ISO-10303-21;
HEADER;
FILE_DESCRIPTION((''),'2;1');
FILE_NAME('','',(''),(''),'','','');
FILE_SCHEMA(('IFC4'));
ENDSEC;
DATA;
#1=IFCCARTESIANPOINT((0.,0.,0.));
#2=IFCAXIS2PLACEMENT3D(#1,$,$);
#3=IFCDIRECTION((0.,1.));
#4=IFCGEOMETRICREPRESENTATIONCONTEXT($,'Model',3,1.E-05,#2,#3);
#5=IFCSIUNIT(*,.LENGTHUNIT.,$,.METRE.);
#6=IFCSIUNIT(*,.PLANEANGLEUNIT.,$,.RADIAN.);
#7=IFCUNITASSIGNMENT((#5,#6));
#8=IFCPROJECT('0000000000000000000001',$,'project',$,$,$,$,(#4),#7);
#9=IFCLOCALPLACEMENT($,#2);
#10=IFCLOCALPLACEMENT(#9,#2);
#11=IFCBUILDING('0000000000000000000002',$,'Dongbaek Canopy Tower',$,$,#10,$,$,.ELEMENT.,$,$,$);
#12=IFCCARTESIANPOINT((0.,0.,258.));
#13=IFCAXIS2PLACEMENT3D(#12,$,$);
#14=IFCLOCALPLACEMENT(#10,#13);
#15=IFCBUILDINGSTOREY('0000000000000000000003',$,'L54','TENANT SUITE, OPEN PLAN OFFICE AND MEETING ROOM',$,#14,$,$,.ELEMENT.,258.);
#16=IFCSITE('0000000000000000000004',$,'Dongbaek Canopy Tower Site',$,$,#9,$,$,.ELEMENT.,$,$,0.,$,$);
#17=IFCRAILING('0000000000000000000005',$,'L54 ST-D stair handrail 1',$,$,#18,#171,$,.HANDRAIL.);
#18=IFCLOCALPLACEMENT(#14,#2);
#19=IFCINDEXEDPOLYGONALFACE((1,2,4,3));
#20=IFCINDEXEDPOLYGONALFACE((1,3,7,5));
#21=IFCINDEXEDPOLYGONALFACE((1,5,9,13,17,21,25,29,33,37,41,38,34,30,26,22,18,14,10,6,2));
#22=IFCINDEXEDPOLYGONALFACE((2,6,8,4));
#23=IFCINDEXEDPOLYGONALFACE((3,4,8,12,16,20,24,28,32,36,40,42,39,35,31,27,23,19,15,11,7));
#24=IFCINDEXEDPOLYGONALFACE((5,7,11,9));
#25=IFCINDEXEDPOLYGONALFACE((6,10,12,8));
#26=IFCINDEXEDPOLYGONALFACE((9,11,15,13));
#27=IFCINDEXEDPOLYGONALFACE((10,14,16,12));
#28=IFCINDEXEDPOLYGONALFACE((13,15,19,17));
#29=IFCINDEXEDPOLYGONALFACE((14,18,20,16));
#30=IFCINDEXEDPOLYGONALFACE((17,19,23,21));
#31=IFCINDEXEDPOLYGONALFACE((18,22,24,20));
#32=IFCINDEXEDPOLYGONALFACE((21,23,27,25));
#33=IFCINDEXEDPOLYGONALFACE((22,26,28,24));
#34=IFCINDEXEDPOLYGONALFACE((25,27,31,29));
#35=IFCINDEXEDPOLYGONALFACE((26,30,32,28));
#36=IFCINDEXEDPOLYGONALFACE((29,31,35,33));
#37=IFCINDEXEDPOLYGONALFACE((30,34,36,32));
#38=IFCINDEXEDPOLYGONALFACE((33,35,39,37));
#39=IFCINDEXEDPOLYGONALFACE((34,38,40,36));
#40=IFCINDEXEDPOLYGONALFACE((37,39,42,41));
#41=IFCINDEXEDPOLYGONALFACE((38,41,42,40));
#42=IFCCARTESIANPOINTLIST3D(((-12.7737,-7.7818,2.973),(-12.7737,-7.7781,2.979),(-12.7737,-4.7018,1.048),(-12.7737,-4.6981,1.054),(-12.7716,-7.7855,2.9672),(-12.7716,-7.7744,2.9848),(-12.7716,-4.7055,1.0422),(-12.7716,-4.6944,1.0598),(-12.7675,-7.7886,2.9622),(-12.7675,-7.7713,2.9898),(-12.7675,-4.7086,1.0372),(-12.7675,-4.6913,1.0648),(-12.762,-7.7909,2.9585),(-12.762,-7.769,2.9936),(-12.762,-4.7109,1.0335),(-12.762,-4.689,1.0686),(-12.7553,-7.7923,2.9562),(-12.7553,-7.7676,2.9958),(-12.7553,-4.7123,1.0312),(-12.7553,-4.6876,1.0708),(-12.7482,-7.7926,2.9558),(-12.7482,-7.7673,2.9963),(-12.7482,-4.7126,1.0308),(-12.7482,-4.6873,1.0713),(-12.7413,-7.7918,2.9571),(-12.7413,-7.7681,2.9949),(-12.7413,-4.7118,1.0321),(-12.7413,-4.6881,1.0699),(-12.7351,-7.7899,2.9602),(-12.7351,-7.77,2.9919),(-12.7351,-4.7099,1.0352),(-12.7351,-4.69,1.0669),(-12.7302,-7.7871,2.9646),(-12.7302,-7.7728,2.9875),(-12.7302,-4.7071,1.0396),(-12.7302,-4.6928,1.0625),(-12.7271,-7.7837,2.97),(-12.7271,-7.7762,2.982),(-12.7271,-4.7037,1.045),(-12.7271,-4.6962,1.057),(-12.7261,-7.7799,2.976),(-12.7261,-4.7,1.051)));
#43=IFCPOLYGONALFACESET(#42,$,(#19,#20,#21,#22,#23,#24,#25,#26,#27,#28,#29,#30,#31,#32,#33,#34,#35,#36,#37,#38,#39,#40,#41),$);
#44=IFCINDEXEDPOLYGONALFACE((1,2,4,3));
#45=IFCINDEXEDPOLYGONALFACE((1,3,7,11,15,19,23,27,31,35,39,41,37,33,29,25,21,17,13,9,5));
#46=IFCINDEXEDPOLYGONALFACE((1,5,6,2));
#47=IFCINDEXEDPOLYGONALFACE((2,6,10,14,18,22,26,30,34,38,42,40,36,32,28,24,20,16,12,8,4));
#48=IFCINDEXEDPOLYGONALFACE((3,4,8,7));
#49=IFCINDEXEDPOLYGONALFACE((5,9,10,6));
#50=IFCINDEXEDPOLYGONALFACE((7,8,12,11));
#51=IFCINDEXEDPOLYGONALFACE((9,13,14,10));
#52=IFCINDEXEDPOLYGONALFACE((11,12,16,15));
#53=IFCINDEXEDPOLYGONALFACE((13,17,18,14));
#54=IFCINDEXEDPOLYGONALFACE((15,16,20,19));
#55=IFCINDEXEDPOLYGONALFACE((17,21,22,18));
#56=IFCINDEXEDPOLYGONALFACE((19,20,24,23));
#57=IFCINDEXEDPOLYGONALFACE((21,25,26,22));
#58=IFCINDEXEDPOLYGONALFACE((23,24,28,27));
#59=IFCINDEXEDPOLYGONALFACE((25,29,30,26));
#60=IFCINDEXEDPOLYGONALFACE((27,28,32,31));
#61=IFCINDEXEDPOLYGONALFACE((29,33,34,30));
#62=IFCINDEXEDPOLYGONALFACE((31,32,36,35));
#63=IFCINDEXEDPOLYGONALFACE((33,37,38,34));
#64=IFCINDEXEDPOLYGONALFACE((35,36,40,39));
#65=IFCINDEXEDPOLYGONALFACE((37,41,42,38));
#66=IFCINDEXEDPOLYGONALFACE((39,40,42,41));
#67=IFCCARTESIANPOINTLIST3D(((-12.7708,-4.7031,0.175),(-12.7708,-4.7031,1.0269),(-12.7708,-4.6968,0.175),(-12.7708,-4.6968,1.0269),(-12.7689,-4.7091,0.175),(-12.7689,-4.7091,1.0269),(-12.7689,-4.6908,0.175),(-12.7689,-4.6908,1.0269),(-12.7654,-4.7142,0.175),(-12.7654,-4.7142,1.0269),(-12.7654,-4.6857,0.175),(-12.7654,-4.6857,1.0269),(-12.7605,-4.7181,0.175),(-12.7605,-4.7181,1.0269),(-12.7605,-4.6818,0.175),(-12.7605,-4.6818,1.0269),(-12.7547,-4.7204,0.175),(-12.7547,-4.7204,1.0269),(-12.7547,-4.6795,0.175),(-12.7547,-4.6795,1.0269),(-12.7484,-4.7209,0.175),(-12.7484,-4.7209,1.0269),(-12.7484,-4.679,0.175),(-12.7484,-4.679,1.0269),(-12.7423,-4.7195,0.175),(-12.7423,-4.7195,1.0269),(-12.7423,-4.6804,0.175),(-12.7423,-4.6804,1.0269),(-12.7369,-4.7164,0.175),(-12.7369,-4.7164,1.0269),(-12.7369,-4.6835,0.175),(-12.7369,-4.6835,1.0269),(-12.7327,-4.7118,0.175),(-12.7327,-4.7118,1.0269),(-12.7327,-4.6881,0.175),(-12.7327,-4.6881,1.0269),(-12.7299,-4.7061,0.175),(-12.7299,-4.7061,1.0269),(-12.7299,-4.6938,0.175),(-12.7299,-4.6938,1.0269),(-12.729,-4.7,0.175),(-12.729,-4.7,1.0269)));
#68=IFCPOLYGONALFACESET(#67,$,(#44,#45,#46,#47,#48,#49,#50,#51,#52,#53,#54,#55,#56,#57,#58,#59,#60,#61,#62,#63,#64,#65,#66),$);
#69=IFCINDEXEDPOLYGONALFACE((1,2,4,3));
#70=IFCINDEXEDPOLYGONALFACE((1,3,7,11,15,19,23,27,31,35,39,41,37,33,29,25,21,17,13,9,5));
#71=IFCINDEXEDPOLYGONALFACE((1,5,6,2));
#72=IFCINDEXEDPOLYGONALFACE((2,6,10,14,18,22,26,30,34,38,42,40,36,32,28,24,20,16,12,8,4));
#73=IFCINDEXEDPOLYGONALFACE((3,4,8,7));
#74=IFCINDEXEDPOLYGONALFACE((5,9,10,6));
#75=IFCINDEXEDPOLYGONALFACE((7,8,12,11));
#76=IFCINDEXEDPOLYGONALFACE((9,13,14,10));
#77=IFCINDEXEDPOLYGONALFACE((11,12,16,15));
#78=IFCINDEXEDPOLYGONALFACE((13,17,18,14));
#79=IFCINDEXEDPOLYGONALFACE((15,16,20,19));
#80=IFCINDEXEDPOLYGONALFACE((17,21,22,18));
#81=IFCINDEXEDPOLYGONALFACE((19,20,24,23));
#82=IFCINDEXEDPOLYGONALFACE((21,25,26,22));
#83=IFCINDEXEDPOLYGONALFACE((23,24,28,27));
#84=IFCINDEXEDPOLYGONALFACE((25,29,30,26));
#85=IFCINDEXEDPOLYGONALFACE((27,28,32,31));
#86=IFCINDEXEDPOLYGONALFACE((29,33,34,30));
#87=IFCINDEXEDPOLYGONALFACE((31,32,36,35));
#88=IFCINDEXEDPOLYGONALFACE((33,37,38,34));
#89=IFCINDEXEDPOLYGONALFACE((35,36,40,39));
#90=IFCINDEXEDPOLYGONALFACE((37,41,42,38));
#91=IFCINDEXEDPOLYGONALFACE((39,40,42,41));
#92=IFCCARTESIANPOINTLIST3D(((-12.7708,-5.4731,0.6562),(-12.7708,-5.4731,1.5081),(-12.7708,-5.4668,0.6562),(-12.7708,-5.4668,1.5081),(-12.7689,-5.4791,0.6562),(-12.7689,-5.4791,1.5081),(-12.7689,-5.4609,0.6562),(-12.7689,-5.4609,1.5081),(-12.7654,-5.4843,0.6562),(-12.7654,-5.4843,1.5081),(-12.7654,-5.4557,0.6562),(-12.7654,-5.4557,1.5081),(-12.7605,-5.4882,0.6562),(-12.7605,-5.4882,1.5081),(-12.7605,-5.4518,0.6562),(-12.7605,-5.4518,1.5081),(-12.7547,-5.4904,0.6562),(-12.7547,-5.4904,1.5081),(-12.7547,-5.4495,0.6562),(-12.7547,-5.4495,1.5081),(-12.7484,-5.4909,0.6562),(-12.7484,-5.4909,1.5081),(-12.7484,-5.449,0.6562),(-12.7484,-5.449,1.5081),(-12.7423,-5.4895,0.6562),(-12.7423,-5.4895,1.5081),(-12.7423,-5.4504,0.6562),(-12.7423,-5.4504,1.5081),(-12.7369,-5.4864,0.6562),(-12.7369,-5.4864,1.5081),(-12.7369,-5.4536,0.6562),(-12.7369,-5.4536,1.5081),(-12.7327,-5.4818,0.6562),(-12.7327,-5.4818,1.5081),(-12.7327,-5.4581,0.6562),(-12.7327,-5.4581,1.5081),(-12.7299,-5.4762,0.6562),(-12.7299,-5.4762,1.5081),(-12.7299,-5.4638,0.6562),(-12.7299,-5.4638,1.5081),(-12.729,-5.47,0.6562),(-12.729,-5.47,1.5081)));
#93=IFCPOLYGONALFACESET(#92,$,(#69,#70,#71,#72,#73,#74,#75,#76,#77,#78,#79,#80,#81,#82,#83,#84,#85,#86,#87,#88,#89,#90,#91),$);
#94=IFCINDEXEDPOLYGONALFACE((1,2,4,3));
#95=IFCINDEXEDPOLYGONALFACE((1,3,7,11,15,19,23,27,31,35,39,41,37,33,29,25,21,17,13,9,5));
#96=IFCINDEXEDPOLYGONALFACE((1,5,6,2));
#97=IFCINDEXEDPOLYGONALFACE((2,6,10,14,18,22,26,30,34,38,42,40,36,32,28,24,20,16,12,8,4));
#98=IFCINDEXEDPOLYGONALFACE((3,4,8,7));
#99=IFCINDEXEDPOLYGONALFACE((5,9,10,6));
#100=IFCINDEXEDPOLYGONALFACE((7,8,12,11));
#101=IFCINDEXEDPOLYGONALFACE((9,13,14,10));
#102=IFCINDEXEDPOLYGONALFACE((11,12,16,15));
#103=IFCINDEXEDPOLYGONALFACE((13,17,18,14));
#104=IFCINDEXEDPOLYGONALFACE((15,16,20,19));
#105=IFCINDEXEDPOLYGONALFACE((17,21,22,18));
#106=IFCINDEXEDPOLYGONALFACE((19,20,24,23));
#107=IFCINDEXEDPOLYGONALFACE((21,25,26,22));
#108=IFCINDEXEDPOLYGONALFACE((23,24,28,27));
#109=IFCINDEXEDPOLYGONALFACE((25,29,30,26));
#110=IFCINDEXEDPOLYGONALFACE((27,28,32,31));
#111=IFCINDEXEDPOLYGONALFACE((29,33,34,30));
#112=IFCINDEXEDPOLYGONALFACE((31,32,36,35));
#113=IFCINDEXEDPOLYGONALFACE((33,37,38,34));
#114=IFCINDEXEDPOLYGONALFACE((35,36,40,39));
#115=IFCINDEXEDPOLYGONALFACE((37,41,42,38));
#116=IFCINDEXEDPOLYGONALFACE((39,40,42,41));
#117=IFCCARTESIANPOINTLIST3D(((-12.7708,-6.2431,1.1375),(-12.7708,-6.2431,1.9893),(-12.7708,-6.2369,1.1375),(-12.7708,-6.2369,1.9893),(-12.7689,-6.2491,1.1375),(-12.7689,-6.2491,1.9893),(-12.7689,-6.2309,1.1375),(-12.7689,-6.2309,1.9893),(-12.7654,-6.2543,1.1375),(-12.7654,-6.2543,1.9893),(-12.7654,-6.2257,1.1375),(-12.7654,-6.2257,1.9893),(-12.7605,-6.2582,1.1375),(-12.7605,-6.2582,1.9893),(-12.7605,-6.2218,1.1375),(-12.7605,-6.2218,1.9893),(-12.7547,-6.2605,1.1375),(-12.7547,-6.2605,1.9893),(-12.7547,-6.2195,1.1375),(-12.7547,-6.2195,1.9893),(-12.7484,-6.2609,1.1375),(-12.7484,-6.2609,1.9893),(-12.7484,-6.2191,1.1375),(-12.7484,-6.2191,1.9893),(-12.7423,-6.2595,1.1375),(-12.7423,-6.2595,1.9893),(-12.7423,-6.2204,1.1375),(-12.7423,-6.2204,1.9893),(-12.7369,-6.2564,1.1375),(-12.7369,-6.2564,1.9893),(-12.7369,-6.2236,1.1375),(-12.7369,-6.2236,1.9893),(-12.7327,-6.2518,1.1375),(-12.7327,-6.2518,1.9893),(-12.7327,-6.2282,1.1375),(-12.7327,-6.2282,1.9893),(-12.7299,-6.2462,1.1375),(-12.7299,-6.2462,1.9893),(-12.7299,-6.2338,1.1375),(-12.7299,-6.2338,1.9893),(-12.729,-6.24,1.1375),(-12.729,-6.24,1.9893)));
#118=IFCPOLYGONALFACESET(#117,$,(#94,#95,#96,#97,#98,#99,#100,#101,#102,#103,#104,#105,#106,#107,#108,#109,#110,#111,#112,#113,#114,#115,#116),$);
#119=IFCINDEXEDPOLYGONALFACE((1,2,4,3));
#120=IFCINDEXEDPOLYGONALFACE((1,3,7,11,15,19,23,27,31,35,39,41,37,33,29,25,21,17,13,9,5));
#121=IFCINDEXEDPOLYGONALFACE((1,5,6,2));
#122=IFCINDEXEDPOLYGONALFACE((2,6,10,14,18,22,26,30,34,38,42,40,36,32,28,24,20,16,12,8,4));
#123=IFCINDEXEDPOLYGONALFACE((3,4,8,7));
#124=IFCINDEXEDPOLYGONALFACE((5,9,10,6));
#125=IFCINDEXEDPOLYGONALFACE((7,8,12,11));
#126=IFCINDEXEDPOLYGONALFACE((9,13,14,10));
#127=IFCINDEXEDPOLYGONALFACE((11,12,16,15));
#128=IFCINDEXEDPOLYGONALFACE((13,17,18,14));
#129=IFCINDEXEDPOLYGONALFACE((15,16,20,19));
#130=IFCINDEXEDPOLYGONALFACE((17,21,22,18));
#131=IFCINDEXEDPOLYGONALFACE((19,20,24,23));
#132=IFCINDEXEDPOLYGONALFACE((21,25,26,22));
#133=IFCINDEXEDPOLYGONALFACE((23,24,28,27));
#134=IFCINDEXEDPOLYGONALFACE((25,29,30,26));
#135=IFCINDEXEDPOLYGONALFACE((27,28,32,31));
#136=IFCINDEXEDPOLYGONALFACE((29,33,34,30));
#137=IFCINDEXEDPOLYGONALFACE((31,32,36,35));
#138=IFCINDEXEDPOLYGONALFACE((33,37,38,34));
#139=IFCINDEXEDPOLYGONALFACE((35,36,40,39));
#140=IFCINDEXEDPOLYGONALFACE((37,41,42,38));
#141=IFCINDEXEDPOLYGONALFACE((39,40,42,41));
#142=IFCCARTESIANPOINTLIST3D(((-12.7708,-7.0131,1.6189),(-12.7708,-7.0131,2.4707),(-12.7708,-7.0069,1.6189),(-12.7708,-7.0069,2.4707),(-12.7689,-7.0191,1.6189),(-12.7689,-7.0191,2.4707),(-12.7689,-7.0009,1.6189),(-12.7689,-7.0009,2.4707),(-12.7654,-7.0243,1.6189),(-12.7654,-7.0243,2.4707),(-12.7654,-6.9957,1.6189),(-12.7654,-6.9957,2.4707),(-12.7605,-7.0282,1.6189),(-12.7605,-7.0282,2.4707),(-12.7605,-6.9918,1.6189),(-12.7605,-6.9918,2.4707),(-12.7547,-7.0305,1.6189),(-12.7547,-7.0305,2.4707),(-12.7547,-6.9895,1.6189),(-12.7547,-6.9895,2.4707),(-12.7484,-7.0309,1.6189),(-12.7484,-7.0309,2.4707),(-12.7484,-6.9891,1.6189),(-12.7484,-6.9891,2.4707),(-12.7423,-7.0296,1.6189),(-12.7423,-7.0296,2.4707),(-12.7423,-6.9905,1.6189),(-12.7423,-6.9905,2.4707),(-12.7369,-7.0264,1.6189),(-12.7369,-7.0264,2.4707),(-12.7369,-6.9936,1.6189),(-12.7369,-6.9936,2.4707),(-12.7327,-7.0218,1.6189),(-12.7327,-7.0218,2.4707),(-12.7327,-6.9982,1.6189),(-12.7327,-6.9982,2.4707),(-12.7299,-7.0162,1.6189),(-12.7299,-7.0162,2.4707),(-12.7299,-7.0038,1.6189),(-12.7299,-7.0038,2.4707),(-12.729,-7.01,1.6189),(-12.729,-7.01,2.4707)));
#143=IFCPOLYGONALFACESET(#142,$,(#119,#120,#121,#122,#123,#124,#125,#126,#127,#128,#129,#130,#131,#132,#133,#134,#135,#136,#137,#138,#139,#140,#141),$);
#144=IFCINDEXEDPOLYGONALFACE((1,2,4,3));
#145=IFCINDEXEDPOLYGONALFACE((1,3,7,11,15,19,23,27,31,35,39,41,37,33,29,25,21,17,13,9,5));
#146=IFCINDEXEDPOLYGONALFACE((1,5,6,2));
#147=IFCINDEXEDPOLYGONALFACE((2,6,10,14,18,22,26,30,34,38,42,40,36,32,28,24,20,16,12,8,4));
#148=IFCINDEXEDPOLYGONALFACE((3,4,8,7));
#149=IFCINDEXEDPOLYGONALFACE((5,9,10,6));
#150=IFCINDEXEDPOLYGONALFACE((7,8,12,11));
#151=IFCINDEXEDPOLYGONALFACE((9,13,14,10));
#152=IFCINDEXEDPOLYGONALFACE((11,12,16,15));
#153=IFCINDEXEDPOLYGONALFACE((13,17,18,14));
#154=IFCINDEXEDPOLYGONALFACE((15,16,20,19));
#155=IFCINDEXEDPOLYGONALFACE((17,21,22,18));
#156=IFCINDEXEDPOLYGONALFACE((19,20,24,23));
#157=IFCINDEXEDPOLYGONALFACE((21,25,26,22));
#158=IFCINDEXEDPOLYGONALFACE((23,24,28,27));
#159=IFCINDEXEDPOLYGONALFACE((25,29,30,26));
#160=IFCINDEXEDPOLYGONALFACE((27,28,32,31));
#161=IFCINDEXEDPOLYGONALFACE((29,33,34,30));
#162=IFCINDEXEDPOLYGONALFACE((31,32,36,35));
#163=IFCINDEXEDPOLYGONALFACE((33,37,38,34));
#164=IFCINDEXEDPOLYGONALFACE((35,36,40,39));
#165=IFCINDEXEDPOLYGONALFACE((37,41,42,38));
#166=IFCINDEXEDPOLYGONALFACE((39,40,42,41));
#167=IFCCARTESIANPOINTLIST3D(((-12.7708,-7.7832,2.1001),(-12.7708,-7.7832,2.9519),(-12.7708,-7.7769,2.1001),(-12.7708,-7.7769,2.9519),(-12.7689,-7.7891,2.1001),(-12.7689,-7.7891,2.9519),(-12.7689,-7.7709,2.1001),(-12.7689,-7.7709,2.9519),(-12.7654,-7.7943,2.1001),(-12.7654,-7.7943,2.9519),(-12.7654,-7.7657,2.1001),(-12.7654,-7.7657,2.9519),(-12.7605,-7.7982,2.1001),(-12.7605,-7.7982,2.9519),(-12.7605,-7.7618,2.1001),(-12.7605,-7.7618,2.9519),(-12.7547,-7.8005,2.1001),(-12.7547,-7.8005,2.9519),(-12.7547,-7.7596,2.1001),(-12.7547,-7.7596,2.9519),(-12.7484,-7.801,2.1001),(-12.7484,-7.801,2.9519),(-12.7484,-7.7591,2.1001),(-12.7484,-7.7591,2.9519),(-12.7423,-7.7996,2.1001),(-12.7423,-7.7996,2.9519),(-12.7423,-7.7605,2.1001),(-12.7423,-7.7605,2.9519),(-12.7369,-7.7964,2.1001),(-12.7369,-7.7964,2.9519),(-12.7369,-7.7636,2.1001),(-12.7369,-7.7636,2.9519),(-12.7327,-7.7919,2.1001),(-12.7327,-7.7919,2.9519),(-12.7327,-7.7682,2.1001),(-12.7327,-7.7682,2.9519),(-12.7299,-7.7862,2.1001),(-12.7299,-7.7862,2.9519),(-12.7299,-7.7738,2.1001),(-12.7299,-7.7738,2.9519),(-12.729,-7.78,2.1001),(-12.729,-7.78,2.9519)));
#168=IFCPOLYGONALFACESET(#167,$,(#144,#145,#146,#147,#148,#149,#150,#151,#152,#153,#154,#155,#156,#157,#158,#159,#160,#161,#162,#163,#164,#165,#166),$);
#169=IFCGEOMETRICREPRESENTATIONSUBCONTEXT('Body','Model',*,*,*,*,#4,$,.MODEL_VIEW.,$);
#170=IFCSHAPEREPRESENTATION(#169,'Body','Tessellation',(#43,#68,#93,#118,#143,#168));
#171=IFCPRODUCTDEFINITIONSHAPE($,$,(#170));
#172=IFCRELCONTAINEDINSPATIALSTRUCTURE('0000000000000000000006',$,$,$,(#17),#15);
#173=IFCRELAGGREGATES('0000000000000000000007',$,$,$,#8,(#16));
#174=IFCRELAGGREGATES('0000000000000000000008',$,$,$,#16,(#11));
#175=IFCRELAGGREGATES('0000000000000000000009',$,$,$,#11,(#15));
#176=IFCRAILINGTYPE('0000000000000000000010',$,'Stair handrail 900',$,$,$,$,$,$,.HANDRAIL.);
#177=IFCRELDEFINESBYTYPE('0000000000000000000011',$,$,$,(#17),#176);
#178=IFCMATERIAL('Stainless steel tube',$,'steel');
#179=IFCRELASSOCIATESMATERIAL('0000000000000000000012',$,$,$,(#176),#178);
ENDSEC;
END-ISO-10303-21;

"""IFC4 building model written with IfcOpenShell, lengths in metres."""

from ifc_helpers import new_model, si_unit, direction, frame, origin, origin_2d, place, context, subcontext, project, spatial, circle, extrude, material, type_object, element, save


model = new_model("IFC4")

# Units and contexts
model_context = context("Model", 3, precision=1e-05, world=origin(), true_north=direction((0.0, 1.0)))
body_context = subcontext(model_context, "Body", "Model", "MODEL_VIEW")
ifc_project = project(units=[si_unit("LENGTHUNIT", "METRE"), si_unit("PLANEANGLEUNIT", "RADIAN")], contexts=[model_context])

# Site, building, storey
site_placement = place(None, origin())
site = spatial("IfcSite", under=ifc_project, at=site_placement, Name="Dongbaek Canopy Tower Site", CompositionType="ELEMENT", RefElevation=0.0)
building_placement = place(site_placement, origin())
building = spatial("IfcBuilding", under=site, at=building_placement, Name="Dongbaek Canopy Tower", CompositionType="ELEMENT")
storey_placement = place(building_placement, frame((0.0, 0.0, 258.0)))
storey = spatial("IfcBuildingStorey", under=building, at=storey_placement, Name="L54", Description="TENANT SUITE, OPEN PLAN OFFICE AND MEETING ROOM", CompositionType="ELEMENT", Elevation=258.0)

# Railing
ifc_material_1 = material(Name="Stainless steel tube", Category="steel")
railing_type_1 = type_object("IfcRailingType", Name="Stair handrail 900", PredefinedType="HANDRAIL", material=ifc_material_1)
railing_1_placement = place(storey_placement, frame((-12.75, -4.7, 0.175)))
element("IfcRailing", 1, at=railing_1_placement, inside=storey, type_object=railing_type_1, Name="L54 ST-D stair handrail 1", PredefinedType="HANDRAIL", context=body_context, shape_type="SweptSolid", body=[
    extrude(circle(Radius=0.0239, at=origin_2d()), frame((0.0, 0.0, 0.876), z_axis=(0.0, -0.847998, 0.529999), x_axis=(1.0, 0.0, 0.0)), (0.0, 0.0, 1.0), 3.6321),
    extrude(circle(Radius=0.021, at=origin_2d()), origin(), (0.0, 0.0, 1.0), 0.8518),
    extrude(circle(Radius=0.021, at=origin_2d()), frame((0.0, -0.77, 0.4812)), (0.0, 0.0, 1.0), 0.8518),
    extrude(circle(Radius=0.021, at=origin_2d()), frame((0.0, -1.54, 0.9624)), (0.0, 0.0, 1.0), 0.8518),
    extrude(circle(Radius=0.021, at=origin_2d()), frame((0.0, -2.3101, 1.4438)), (0.0, 0.0, 1.0), 0.8518),
    extrude(circle(Radius=0.021, at=origin_2d()), frame((0.0, -3.0801, 1.925)), (0.0, 0.0, 1.0), 0.8518),
])

save(model, "model.ifc")
